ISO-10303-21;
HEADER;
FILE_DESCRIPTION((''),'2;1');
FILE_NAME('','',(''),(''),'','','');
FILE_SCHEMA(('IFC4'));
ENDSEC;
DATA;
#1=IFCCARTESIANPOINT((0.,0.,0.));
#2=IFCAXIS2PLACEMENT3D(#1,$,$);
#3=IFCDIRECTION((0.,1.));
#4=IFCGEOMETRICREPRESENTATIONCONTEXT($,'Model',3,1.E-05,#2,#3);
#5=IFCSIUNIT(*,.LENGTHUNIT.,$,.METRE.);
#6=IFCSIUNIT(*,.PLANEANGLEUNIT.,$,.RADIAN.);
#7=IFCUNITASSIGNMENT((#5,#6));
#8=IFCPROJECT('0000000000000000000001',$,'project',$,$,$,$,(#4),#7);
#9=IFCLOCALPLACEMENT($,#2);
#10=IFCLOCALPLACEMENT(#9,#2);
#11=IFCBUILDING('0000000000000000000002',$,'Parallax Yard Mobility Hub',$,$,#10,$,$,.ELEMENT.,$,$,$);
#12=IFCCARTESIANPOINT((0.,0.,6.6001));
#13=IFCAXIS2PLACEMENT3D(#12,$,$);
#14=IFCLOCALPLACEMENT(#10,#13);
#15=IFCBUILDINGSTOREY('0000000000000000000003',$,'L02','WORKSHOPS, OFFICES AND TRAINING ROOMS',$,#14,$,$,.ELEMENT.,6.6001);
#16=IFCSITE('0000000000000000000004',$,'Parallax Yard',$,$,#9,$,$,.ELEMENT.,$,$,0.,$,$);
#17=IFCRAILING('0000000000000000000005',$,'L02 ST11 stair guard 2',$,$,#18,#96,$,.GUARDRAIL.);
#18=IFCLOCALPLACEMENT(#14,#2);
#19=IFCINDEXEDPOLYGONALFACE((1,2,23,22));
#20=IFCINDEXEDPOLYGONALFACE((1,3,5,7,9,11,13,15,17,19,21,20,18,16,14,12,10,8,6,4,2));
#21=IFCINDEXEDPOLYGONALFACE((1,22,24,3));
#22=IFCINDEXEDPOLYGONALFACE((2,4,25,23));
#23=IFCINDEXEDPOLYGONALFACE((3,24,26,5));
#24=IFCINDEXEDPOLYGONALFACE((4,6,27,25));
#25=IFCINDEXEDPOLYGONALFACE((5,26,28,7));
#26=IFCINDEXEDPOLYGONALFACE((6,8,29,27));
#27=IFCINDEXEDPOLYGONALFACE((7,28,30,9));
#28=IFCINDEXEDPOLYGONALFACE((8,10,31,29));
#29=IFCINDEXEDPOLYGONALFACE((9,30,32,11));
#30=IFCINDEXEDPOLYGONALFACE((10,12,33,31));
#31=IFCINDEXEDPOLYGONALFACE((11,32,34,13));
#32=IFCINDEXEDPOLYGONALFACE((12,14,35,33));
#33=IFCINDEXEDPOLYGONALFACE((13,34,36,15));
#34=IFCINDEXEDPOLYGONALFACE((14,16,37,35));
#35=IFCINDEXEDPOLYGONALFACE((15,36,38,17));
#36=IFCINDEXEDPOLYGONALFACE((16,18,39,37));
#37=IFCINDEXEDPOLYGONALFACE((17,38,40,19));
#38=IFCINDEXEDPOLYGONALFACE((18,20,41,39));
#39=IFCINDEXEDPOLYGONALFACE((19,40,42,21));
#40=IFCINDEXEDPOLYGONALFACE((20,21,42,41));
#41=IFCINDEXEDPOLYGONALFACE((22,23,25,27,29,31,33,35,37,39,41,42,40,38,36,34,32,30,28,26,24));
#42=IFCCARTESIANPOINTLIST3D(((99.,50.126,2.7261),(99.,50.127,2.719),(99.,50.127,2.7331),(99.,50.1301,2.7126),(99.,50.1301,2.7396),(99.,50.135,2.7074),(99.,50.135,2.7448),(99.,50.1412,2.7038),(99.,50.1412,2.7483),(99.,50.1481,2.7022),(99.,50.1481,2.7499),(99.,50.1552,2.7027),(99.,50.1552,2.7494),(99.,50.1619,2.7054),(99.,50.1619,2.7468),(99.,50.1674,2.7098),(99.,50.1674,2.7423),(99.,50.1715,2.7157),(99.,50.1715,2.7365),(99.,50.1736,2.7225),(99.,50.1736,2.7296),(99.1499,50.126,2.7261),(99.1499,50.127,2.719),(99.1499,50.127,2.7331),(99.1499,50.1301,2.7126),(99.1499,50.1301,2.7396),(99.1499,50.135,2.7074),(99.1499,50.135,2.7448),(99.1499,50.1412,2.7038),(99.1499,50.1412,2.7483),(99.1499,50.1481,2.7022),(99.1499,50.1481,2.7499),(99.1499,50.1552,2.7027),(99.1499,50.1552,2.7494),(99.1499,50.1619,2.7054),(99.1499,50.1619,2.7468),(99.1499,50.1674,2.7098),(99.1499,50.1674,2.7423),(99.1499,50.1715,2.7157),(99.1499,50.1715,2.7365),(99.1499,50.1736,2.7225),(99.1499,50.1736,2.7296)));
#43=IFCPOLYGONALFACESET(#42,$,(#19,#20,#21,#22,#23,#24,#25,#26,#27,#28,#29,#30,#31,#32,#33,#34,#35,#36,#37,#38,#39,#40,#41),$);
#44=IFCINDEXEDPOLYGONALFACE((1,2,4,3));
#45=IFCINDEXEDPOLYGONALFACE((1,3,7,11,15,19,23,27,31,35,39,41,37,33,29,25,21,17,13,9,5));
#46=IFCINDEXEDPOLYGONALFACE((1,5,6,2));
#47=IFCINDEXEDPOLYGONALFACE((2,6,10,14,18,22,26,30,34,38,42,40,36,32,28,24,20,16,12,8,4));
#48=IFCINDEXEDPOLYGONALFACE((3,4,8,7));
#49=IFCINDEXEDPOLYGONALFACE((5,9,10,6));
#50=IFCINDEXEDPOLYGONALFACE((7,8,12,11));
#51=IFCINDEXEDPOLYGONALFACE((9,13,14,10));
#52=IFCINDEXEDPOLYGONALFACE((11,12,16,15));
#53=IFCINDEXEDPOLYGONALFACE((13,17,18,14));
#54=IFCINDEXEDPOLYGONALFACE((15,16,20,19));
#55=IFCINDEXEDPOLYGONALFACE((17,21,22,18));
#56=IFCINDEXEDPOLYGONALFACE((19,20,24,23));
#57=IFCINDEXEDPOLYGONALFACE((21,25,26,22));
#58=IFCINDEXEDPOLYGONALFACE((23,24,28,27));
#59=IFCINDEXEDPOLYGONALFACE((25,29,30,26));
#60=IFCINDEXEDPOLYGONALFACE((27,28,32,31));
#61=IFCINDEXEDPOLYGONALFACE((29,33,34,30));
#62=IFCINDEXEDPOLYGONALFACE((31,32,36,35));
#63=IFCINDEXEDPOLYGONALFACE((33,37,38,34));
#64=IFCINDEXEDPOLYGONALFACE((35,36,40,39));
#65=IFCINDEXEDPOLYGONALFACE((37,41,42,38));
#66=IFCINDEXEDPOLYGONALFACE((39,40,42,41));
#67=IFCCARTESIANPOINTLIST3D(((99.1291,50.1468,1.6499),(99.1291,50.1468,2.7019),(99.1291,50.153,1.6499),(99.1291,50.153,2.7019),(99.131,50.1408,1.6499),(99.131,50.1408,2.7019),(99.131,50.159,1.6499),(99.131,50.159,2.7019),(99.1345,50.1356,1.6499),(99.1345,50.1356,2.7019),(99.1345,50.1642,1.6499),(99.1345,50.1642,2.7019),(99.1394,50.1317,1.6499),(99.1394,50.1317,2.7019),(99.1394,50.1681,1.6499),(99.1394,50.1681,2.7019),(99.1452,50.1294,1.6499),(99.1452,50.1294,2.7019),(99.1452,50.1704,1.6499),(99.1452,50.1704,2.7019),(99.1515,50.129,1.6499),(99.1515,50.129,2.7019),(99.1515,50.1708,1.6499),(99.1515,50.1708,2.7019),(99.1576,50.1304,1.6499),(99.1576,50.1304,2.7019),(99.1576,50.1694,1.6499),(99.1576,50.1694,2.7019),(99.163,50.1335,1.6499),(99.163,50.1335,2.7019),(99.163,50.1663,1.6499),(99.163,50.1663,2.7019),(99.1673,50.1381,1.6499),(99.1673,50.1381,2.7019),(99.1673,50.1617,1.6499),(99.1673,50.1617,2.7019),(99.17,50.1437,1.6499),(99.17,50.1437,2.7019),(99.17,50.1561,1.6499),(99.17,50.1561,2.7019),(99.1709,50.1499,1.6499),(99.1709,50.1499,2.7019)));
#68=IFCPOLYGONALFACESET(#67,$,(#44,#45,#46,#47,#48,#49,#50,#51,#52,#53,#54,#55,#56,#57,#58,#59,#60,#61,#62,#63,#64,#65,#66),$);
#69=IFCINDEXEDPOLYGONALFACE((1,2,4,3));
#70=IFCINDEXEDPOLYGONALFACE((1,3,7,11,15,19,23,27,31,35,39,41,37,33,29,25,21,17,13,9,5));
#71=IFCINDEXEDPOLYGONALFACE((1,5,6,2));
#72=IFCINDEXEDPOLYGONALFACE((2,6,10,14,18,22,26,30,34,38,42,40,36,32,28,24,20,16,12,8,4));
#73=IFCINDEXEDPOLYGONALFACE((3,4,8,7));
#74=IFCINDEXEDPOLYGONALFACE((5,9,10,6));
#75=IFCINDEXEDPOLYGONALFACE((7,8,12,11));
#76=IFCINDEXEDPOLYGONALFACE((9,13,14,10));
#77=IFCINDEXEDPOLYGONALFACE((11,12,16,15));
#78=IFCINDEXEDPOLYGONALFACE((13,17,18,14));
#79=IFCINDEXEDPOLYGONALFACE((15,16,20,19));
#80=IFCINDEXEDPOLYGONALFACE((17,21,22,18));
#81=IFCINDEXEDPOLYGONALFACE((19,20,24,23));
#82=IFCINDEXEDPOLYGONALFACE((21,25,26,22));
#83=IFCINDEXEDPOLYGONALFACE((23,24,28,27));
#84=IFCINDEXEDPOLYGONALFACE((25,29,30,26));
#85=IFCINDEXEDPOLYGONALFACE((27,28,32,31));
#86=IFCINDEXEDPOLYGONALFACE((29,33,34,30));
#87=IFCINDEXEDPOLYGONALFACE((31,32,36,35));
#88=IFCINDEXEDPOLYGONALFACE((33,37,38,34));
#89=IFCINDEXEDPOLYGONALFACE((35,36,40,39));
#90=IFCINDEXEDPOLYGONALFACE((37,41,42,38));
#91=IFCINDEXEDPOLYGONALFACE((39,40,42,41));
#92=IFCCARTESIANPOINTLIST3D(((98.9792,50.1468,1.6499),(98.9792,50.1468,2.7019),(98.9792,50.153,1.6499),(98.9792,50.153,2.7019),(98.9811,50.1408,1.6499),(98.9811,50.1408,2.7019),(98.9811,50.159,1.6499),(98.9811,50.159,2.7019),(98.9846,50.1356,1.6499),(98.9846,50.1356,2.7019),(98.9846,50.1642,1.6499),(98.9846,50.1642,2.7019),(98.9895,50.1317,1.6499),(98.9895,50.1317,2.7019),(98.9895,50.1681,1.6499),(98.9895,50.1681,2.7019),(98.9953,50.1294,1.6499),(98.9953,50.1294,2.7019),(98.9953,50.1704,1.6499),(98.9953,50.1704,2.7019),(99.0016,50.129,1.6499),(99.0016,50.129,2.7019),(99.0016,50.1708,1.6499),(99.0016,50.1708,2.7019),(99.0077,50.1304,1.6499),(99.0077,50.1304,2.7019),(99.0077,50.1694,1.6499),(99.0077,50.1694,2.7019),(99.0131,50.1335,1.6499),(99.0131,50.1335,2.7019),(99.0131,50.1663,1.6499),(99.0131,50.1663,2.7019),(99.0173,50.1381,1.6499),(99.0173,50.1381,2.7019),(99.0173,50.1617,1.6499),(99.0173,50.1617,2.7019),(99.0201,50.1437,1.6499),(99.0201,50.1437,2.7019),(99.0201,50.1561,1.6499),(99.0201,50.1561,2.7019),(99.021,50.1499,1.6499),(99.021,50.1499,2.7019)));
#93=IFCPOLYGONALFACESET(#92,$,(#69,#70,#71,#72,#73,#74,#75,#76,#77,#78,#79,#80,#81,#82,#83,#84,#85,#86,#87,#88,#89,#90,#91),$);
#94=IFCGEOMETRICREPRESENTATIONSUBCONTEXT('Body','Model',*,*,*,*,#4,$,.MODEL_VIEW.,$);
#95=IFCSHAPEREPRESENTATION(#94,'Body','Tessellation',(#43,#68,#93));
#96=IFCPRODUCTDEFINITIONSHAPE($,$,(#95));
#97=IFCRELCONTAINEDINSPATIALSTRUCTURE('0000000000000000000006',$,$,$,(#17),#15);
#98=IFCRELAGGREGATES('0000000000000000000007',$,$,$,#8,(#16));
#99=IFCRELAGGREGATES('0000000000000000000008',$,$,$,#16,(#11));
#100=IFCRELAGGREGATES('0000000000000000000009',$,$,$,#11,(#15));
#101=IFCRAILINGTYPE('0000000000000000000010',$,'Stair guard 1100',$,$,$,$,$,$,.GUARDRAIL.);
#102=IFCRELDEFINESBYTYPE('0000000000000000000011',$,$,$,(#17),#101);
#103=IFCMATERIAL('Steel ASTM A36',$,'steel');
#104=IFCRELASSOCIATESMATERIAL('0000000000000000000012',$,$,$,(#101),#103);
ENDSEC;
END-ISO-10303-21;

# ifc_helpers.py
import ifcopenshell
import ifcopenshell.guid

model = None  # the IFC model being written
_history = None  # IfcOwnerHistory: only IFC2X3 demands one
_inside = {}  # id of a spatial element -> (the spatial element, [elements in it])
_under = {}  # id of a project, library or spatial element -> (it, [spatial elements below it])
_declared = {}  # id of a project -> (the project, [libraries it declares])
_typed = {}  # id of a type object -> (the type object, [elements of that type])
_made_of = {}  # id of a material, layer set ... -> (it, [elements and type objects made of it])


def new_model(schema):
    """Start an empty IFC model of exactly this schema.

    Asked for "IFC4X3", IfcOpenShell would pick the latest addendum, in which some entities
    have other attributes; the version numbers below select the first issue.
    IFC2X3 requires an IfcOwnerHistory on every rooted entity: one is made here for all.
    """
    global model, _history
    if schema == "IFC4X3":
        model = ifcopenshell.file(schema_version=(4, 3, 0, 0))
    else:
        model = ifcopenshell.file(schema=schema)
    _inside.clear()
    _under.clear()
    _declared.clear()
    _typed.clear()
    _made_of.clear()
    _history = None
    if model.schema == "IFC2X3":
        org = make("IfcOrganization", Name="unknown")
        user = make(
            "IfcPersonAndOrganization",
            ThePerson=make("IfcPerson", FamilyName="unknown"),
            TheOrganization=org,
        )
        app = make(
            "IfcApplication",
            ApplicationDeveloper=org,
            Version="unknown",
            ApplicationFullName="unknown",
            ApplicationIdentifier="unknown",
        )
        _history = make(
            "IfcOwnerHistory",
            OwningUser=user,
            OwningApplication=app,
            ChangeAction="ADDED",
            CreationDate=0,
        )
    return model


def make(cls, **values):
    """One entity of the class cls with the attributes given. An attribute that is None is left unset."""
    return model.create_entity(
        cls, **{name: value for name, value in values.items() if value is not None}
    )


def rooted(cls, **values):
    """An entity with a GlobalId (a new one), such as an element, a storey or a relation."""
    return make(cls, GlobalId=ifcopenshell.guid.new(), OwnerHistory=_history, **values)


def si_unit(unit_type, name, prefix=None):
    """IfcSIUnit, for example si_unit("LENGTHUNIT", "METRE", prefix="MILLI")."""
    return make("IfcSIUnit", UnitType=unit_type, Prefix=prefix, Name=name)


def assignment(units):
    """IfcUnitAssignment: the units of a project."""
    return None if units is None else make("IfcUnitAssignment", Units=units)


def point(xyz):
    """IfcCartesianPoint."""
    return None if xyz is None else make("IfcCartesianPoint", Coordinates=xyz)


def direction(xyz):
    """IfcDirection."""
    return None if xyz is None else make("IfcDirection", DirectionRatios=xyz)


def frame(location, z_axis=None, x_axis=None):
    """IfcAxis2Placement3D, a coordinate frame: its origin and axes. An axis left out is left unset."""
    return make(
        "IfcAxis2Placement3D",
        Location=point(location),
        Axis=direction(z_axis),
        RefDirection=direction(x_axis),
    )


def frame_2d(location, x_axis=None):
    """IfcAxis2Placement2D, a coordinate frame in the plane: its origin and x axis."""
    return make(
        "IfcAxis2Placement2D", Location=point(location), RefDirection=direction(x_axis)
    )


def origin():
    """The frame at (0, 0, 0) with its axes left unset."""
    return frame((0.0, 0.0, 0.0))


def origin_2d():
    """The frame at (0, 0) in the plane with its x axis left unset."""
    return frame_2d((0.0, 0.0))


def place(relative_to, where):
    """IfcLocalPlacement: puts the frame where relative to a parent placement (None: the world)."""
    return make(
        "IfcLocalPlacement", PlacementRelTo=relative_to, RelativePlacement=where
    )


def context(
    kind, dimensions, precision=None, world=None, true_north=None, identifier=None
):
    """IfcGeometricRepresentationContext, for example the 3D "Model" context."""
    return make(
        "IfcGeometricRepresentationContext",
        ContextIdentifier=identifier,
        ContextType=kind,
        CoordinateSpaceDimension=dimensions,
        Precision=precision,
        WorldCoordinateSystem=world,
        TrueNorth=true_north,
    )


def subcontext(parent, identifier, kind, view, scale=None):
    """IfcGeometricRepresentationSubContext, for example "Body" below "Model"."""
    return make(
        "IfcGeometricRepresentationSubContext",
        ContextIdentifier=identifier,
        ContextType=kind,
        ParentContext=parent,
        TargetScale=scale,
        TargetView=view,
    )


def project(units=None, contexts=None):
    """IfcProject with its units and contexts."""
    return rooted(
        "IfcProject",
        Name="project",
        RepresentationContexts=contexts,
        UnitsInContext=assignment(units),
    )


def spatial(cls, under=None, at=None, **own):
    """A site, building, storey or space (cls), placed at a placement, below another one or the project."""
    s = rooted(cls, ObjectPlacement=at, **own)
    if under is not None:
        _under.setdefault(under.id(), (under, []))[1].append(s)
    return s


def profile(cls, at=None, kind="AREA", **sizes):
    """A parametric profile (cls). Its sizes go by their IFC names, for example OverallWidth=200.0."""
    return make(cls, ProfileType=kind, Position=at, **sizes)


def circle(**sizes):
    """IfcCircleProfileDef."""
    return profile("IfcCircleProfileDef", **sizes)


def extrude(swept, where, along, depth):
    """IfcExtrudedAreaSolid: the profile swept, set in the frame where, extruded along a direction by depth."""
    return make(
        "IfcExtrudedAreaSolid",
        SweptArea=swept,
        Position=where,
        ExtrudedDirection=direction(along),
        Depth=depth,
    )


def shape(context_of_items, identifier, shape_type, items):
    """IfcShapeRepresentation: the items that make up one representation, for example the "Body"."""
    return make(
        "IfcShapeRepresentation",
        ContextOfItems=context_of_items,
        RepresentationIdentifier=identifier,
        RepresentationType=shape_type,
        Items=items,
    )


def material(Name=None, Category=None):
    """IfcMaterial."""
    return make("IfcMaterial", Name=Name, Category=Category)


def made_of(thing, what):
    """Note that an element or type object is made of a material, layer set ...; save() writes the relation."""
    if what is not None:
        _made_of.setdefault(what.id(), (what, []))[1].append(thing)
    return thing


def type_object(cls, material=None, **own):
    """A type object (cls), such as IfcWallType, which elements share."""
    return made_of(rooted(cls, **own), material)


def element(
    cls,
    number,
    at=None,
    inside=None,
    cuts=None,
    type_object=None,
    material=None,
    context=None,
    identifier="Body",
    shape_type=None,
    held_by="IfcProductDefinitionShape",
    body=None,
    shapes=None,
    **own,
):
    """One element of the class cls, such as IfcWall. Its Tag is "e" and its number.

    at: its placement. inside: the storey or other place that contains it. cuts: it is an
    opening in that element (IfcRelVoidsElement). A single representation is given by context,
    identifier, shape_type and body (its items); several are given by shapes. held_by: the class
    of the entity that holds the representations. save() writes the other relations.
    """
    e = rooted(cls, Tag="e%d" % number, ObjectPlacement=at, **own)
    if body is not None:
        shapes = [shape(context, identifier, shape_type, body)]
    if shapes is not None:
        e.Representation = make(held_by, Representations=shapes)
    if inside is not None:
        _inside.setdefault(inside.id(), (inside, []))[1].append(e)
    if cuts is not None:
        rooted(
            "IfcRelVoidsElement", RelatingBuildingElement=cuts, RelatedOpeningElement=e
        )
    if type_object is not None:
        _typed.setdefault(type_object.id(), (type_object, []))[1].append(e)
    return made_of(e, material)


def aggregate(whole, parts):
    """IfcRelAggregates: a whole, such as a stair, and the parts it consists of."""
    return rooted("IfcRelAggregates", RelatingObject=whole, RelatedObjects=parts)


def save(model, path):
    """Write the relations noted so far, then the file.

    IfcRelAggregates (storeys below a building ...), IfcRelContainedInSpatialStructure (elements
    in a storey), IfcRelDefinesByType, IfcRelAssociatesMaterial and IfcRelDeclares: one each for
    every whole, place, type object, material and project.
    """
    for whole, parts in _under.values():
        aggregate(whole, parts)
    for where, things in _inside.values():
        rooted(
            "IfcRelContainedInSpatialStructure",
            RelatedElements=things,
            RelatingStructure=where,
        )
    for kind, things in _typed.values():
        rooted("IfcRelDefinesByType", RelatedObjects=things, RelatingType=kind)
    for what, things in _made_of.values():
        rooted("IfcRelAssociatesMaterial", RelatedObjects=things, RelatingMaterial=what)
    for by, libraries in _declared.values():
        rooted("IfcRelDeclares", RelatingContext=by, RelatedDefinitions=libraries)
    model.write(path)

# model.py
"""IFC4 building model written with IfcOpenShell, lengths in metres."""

from ifc_helpers import new_model, si_unit, direction, frame, origin, origin_2d, place, context, subcontext, project, spatial, circle, extrude, material, type_object, element, save


model = new_model("IFC4")

# Units and contexts
model_context = context("Model", 3, precision=1e-05, world=origin(), true_north=direction((0.0, 1.0)))
body_context = subcontext(model_context, "Body", "Model", "MODEL_VIEW")
ifc_project = project(units=[si_unit("LENGTHUNIT", "METRE"), si_unit("PLANEANGLEUNIT", "RADIAN")], contexts=[model_context])

# Site, building, storey
site_placement = place(None, origin())
site = spatial("IfcSite", under=ifc_project, at=site_placement, Name="Parallax Yard", CompositionType="ELEMENT", RefElevation=0.0)
building_placement = place(site_placement, origin())
building = spatial("IfcBuilding", under=site, at=building_placement, Name="Parallax Yard Mobility Hub", CompositionType="ELEMENT")
storey_placement = place(building_placement, frame((0.0, 0.0, 6.6001)))
storey = spatial("IfcBuildingStorey", under=building, at=storey_placement, Name="L02", Description="WORKSHOPS, OFFICES AND TRAINING ROOMS", CompositionType="ELEMENT", Elevation=6.6001)

# Railing
ifc_material_1 = material(Name="Steel ASTM A36", Category="steel")
railing_type_1 = type_object("IfcRailingType", Name="Stair guard 1100", PredefinedType="GUARDRAIL", material=ifc_material_1)
railing_1_placement = place(storey_placement, frame((99.1499, 50.1499, 1.6499)))
element("IfcRailing", 1, at=railing_1_placement, inside=storey, type_object=railing_type_1, Name="L02 ST11 stair guard 2", PredefinedType="GUARDRAIL", context=body_context, shape_type="SweptSolid", body=[
    extrude(circle(Radius=0.0239, at=origin_2d()), frame((0.0, 0.0, 1.0762), z_axis=(-1.0, 0.0, 0.0), x_axis=(0.0, -1.0, 0.0)), (0.0, 0.0, 1.0), 0.1499),
    extrude(circle(Radius=0.021, at=origin_2d()), origin(), (0.0, 0.0, 1.0), 1.052),
    extrude(circle(Radius=0.021, at=origin_2d()), frame((-0.1499, 0.0, 0.0)), (0.0, 0.0, 1.0), 1.052),
])

save(model, "model.ifc")
